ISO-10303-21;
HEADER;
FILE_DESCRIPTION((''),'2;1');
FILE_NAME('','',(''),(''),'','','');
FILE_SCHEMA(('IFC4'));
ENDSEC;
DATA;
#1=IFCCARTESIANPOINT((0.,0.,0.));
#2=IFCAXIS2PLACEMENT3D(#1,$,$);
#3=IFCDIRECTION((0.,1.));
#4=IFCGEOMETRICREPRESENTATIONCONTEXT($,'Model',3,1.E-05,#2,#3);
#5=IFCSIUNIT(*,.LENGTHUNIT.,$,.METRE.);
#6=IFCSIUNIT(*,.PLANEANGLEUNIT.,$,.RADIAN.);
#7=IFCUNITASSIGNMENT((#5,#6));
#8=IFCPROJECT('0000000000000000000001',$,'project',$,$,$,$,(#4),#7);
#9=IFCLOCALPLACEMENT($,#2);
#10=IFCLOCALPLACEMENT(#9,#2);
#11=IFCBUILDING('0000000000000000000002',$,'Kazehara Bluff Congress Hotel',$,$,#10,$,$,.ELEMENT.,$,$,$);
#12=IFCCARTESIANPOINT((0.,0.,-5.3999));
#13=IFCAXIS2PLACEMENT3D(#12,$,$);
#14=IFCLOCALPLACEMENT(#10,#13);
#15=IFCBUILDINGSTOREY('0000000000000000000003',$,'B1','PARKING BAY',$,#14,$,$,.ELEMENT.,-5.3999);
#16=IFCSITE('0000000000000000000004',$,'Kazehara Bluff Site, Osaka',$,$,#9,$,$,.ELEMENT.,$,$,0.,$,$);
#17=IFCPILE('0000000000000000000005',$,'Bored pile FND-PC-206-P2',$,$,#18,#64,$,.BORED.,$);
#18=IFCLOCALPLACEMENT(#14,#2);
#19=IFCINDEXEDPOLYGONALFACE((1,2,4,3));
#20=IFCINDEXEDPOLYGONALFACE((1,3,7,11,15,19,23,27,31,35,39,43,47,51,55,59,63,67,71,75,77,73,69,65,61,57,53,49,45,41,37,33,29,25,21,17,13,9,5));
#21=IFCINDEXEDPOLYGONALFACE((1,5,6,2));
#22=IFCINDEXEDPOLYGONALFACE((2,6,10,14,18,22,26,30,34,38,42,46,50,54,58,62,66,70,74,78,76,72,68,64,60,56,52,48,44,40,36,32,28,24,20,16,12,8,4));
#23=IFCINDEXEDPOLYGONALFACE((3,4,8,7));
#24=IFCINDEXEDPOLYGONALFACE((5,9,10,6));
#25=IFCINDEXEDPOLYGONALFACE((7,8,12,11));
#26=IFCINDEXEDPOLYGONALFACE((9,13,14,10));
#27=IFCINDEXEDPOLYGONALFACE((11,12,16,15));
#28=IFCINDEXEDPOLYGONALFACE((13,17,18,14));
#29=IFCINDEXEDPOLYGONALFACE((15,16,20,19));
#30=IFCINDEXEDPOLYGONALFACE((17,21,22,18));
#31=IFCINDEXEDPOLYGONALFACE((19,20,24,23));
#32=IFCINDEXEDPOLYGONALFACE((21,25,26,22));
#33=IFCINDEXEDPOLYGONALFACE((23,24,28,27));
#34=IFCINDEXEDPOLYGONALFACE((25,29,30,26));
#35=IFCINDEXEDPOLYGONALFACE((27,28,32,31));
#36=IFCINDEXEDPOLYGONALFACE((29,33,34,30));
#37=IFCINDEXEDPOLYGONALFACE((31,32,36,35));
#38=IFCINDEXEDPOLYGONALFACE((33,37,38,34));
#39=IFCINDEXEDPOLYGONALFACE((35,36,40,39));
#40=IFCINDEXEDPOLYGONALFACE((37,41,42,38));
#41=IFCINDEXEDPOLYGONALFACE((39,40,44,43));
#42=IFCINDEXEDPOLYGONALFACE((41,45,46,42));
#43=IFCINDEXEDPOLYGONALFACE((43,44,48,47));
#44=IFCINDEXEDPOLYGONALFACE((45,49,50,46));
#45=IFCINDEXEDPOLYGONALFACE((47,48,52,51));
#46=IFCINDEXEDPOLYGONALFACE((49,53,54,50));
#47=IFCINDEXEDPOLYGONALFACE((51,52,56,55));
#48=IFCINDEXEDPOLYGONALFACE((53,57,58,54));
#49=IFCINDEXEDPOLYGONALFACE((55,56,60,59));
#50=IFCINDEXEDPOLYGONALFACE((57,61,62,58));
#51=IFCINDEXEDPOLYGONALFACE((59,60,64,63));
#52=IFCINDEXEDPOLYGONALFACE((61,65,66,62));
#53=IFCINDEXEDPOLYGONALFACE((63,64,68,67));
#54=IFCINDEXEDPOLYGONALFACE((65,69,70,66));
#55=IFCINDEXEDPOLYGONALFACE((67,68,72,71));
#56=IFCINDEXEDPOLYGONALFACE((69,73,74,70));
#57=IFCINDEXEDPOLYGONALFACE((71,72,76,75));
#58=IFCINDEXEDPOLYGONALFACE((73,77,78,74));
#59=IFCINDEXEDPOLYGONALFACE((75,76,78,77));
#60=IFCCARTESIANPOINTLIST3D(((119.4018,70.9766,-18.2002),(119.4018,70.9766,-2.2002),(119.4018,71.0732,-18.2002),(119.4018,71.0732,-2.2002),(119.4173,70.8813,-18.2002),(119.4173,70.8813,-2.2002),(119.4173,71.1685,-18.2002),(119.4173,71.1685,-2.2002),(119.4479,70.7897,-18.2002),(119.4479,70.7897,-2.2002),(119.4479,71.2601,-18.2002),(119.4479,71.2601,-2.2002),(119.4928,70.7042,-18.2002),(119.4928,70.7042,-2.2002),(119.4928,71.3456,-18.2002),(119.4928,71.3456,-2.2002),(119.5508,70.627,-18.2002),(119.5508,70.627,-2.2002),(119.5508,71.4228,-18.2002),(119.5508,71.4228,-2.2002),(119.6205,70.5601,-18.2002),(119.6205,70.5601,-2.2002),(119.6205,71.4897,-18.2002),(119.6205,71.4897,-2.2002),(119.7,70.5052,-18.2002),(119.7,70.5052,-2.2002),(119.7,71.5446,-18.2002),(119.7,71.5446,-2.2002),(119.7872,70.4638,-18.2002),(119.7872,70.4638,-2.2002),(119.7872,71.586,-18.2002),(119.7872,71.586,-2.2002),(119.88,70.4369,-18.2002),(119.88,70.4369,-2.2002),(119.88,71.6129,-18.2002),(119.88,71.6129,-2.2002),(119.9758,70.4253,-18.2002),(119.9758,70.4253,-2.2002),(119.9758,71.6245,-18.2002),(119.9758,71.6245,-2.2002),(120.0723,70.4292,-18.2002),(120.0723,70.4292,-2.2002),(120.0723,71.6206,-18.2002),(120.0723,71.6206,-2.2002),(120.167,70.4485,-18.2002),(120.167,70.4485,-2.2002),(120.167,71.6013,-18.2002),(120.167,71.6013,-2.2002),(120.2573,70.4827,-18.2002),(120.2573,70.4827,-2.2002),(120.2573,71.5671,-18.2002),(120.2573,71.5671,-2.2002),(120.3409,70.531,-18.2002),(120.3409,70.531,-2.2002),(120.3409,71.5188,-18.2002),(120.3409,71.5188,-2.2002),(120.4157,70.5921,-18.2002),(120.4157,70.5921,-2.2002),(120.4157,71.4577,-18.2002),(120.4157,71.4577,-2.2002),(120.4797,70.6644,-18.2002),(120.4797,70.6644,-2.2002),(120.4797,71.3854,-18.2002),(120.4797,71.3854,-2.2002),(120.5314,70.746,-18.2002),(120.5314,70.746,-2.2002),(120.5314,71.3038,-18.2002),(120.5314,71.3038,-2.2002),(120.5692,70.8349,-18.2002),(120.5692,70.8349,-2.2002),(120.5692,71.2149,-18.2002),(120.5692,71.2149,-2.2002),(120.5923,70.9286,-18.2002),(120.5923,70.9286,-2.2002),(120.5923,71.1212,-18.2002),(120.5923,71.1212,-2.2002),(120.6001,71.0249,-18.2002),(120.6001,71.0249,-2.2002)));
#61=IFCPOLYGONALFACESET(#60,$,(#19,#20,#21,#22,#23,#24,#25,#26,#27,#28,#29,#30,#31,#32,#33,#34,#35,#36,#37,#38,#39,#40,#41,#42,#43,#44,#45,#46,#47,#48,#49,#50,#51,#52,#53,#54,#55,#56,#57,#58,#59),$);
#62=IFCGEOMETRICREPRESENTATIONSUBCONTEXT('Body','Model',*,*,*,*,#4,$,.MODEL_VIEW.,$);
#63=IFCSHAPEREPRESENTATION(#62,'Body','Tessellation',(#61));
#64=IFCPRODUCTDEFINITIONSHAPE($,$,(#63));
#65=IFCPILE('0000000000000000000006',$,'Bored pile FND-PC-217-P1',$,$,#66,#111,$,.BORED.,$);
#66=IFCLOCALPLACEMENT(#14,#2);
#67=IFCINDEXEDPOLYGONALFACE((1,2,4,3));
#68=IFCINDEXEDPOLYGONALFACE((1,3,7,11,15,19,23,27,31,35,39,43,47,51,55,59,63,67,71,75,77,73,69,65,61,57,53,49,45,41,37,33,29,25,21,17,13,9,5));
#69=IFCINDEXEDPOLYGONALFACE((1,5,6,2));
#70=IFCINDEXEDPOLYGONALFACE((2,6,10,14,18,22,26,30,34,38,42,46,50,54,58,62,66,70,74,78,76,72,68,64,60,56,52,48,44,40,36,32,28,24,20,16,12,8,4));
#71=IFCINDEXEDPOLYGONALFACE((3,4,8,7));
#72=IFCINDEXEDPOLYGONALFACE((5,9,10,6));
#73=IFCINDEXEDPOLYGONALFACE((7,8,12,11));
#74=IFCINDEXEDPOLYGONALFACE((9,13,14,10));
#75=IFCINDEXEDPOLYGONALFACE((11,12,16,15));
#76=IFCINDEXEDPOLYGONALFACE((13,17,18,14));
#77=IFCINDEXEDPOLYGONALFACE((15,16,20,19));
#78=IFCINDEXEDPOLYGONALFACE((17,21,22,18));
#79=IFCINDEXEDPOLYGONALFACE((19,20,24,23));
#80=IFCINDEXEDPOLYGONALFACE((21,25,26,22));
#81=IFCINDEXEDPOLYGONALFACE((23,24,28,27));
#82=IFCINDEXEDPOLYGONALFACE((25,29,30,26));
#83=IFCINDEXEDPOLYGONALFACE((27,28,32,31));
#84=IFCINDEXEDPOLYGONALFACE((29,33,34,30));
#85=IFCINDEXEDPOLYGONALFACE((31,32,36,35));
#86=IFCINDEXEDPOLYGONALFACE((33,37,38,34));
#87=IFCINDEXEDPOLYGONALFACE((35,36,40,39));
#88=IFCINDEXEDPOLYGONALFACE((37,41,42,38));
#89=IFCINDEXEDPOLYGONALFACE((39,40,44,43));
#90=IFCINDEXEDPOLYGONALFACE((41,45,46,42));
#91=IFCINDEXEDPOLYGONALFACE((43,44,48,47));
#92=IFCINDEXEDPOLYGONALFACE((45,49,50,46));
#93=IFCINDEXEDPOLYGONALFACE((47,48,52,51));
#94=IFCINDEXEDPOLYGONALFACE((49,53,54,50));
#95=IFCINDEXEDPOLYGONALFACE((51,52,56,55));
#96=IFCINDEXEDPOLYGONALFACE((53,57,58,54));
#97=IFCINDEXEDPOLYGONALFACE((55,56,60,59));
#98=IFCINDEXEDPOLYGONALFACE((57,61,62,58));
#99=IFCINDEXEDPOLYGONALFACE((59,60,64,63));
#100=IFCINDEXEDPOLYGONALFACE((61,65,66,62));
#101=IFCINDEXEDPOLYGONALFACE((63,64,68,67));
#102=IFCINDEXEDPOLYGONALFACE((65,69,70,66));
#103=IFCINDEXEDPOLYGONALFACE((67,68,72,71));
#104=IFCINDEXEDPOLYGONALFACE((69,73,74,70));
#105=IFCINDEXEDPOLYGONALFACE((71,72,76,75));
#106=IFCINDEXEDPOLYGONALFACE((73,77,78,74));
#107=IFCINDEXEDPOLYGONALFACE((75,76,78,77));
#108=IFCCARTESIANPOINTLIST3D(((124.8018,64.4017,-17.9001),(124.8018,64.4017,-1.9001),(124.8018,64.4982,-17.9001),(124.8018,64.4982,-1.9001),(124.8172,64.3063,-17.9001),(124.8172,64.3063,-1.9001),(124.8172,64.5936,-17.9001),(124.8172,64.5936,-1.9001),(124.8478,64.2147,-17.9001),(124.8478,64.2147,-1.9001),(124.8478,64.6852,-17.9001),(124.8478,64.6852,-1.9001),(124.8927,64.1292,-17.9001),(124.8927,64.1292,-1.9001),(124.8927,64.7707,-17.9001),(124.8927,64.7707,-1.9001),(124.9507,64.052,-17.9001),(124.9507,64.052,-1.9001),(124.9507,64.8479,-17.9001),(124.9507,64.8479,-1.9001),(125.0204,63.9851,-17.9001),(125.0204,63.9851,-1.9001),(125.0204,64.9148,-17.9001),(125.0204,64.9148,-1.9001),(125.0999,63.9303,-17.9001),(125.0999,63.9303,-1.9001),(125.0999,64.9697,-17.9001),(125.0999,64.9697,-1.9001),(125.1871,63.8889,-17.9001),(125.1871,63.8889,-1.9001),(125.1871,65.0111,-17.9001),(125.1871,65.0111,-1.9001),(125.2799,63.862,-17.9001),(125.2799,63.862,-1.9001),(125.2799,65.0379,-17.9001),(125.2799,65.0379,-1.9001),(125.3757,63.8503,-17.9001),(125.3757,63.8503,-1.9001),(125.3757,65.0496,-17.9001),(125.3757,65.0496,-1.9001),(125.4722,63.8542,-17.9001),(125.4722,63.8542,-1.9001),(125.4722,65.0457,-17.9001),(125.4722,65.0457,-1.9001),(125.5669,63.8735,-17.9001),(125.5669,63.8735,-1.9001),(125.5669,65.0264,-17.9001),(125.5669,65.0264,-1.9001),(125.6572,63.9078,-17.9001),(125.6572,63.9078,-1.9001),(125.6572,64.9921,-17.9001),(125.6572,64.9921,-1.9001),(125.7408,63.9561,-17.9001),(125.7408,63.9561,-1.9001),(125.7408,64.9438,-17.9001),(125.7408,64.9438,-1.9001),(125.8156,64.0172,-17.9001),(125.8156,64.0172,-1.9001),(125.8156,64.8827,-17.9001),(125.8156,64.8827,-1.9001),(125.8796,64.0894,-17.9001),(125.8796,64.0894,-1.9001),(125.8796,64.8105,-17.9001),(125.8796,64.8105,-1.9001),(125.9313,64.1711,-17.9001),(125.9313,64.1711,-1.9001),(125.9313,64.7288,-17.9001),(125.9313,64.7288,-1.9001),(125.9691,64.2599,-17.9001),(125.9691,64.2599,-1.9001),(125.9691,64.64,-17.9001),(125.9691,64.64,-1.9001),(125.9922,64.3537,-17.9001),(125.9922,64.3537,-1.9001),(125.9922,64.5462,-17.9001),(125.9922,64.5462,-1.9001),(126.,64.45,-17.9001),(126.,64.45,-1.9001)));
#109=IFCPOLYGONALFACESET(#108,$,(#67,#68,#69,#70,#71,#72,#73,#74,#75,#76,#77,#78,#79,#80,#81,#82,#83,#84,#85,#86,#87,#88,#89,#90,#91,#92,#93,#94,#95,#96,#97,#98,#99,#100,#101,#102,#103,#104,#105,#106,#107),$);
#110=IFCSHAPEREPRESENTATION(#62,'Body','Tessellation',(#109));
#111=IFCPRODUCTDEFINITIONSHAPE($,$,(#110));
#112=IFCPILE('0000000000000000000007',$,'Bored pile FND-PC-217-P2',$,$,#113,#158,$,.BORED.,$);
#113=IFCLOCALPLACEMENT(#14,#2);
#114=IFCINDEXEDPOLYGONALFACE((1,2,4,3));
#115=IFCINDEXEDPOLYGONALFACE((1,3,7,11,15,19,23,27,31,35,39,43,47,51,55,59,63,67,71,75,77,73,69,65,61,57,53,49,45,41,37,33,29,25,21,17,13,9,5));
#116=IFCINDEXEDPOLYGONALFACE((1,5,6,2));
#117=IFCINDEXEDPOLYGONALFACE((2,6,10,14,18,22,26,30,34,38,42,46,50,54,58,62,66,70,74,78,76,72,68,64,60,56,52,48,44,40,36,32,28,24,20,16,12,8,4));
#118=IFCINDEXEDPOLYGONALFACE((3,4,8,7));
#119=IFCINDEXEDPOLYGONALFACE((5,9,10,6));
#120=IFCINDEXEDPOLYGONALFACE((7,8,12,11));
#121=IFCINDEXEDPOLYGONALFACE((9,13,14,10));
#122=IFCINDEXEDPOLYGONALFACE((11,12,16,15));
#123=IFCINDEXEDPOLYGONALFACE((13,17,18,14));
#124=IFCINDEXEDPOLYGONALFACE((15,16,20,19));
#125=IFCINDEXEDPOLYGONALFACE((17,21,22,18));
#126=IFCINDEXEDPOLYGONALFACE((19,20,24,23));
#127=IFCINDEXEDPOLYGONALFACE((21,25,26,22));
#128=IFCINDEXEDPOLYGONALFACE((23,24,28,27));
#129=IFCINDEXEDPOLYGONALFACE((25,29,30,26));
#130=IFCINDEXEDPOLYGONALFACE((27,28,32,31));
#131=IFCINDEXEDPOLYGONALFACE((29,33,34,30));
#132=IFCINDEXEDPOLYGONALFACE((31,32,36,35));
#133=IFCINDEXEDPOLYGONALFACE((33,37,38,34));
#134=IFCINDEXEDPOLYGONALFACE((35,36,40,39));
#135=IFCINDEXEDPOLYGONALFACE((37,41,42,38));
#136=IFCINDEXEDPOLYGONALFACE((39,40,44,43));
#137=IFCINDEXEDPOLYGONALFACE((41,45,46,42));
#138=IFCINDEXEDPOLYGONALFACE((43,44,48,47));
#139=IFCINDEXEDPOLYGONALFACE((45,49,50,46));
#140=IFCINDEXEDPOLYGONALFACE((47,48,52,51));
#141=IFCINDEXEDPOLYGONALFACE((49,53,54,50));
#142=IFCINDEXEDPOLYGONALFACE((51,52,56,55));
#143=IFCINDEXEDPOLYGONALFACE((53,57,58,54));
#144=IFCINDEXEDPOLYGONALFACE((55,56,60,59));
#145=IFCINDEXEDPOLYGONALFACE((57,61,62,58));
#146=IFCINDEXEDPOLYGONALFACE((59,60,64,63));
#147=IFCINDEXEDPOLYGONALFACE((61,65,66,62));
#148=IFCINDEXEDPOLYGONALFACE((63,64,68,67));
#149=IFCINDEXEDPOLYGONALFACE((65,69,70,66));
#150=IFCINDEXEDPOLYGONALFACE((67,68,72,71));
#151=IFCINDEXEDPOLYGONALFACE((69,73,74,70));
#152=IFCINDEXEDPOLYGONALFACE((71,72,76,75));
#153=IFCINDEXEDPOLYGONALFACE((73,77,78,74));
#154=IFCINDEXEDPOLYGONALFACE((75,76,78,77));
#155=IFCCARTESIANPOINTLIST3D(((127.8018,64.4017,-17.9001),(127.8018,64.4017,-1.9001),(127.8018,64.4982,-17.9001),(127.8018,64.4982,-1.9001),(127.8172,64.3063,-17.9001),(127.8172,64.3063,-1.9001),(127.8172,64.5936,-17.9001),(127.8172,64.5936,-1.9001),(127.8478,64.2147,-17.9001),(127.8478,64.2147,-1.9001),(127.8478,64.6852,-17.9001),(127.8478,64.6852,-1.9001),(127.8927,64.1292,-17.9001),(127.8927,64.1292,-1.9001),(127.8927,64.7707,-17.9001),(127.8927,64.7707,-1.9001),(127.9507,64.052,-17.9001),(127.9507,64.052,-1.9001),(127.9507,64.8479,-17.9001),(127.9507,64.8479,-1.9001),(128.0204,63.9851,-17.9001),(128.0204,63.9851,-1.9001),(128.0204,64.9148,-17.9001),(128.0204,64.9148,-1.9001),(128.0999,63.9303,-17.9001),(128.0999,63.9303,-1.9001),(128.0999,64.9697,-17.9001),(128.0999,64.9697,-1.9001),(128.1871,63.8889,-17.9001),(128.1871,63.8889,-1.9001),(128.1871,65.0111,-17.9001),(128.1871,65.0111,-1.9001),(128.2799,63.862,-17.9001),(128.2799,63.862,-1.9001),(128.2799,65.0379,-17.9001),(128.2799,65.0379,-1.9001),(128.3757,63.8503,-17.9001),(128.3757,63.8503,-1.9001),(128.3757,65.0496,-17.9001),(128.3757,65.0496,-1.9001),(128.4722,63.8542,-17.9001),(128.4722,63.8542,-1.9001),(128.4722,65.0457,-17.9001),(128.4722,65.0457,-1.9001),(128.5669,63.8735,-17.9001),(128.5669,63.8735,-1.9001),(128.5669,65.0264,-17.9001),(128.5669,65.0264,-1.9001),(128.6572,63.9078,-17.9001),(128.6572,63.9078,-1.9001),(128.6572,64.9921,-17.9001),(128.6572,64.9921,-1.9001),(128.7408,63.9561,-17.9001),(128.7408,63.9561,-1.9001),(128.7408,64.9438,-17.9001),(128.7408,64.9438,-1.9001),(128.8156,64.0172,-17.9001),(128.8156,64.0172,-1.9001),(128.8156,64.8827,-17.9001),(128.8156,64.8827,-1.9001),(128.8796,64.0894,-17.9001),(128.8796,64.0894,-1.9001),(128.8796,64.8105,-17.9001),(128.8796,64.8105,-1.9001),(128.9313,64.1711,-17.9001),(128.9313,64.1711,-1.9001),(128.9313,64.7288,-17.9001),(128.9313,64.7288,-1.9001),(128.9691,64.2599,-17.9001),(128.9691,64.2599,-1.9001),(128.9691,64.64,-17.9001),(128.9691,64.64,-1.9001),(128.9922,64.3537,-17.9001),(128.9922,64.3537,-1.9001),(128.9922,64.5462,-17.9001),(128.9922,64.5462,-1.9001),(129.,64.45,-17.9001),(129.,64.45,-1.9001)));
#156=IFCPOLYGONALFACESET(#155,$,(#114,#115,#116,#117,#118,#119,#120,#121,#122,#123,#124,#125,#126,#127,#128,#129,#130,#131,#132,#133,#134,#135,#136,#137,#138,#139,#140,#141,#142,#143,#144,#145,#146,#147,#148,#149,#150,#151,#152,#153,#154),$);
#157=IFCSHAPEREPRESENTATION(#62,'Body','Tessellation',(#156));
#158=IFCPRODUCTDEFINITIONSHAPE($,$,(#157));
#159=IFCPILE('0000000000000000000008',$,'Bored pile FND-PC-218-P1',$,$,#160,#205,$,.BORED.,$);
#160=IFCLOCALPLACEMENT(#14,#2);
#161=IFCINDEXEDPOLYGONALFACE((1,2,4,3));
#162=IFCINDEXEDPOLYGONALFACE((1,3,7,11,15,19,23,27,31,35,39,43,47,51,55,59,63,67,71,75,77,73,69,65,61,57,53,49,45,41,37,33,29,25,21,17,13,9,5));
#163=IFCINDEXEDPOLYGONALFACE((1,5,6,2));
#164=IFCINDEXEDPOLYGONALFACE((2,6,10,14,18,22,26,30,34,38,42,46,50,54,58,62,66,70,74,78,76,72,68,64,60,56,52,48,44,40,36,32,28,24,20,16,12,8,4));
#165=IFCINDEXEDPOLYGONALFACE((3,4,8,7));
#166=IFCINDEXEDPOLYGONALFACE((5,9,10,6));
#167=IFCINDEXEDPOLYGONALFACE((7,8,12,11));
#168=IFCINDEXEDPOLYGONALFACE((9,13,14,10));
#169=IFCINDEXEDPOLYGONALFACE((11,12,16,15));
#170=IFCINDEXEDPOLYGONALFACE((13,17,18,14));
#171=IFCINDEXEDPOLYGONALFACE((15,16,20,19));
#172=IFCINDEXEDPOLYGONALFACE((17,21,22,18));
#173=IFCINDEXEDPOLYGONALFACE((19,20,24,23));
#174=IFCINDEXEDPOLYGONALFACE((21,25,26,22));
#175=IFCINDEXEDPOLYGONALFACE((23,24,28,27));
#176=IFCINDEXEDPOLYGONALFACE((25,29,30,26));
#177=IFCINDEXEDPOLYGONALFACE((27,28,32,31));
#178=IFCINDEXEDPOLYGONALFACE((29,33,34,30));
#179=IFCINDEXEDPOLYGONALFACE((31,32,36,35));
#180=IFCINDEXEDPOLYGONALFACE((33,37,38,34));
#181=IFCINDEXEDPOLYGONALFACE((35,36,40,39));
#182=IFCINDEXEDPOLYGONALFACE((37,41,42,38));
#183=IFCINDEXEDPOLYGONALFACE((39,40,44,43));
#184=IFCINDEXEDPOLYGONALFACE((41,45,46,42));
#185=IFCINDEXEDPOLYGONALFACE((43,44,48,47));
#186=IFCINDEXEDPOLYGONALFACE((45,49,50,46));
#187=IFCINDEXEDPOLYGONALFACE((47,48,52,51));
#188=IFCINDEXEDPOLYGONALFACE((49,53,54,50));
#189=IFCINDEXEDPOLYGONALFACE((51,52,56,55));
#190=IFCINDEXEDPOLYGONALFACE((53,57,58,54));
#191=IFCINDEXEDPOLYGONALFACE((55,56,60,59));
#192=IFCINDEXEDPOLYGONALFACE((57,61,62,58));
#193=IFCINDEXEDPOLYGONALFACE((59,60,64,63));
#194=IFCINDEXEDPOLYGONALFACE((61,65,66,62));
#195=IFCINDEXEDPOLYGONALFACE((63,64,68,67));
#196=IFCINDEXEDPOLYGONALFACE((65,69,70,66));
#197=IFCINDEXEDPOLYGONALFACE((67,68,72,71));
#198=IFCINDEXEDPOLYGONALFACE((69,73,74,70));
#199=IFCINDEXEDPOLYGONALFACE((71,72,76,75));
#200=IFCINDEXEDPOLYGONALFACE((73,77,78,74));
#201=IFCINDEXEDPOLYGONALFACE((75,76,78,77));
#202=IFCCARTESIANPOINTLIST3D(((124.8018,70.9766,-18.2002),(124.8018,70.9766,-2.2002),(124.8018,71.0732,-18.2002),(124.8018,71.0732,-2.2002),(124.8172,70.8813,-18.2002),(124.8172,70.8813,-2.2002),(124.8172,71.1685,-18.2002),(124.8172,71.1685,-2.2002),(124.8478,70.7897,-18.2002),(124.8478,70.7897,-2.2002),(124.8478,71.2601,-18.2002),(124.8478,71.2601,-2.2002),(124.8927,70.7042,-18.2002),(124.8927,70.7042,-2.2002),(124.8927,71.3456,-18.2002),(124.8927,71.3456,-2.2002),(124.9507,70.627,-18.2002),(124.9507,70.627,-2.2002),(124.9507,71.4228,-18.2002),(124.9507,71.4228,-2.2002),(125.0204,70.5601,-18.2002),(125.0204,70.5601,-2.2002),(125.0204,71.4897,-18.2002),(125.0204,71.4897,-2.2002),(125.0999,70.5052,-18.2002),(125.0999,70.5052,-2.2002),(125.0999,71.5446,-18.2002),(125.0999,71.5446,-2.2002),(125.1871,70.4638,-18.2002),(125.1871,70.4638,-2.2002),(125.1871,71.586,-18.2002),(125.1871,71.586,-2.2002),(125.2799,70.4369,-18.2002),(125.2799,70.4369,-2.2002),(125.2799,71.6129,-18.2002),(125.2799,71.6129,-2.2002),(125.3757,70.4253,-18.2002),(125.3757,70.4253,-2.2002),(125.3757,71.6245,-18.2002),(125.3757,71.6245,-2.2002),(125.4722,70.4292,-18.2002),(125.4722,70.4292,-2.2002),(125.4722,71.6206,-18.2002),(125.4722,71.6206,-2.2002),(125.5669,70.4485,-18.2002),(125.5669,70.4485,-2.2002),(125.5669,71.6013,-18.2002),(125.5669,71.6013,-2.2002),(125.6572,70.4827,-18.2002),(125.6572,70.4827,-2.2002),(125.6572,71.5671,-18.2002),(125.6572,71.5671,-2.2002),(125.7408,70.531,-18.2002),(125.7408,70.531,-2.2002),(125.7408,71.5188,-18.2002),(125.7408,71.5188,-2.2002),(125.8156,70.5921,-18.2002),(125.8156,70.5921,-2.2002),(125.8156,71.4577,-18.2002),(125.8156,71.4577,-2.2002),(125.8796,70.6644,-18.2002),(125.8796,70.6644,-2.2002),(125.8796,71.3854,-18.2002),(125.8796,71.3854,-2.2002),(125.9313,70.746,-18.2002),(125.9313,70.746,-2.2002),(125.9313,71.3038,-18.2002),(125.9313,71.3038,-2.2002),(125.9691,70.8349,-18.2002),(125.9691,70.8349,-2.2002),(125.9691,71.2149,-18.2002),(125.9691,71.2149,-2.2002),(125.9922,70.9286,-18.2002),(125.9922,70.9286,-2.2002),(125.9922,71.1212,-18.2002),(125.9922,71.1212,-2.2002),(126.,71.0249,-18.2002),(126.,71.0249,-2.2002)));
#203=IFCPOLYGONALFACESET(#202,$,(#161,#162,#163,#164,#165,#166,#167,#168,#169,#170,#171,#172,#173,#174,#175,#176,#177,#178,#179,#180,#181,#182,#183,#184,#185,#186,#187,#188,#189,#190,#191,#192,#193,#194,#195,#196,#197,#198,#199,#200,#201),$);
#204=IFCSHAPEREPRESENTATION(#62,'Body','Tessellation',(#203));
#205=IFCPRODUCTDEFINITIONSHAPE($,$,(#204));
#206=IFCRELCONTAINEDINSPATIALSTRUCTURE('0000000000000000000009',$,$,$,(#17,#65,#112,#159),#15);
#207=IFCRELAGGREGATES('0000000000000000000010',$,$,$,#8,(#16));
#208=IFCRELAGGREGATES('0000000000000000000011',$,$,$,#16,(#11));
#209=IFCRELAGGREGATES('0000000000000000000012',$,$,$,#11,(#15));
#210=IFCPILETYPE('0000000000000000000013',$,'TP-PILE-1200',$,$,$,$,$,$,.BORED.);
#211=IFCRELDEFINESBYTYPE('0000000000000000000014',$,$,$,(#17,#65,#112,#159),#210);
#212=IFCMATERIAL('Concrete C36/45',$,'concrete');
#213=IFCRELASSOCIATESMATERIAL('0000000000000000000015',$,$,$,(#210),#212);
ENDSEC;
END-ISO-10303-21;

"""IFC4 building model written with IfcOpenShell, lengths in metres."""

from ifc_helpers import new_model, si_unit, direction, frame, origin, origin_2d, place, context, subcontext, project, spatial, circle, extrude, material, material_profile, profile_set, type_object, element, save


model = new_model("IFC4")

# Units and contexts
model_context = context("Model", 3, precision=1e-05, world=origin(), true_north=direction((0.0, 1.0)))
body_context = subcontext(model_context, "Body", "Model", "MODEL_VIEW")
ifc_project = project(units=[si_unit("LENGTHUNIT", "METRE"), si_unit("PLANEANGLEUNIT", "RADIAN")], contexts=[model_context])

# Site, building, storey
site_placement = place(None, origin())
site = spatial("IfcSite", under=ifc_project, at=site_placement, Name="Kazehara Bluff Site, Osaka", CompositionType="ELEMENT", RefElevation=0.0)
building_placement = place(site_placement, origin())
building = spatial("IfcBuilding", under=site, at=building_placement, Name="Kazehara Bluff Congress Hotel", CompositionType="ELEMENT")
storey_placement = place(building_placement, frame((0.0, 0.0, -5.3999)))
storey = spatial("IfcBuildingStorey", under=building, at=storey_placement, Name="B1", Description="PARKING BAY", CompositionType="ELEMENT", Elevation=-5.3999)

# Piles
ifc_material_1 = material(Name="Concrete C36/45", Category="concrete")
ifc_material_profile_1 = material_profile(ifc_material_1, circle(Radius=0.6001, at=origin_2d()))
ifc_profile_set_1 = profile_set([ifc_material_profile_1], Name="Concrete C36/45")
pile_type = type_object("IfcPileType", Name="TP-PILE-1200", PredefinedType="BORED", material=ifc_profile_set_1)
for number, where, z_axis, x_axis, name in (
    (1, (120.0, 71.0249, -2.2002), (0.0, 0.0, -1.0), (1.0, 0.0, 0.0), "Bored pile FND-PC-206-P2"),
    (2, (125.3999, 64.45, -1.9001), (0.0, 0.0, -1.0), (1.0, 0.0, 0.0), "Bored pile FND-PC-217-P1"),
    (3, (128.3999, 64.45, -1.9001), (0.0, 0.0, -1.0), (1.0, 0.0, 0.0), "Bored pile FND-PC-217-P2"),
    (4, (125.3999, 71.0249, -2.2002), (0.0, 0.0, -1.0), (1.0, 0.0, 0.0), "Bored pile FND-PC-218-P1"),
):
    element("IfcPile", number, at=place(storey_placement, frame(where, z_axis=z_axis, x_axis=x_axis)), inside=storey, type_object=pile_type, Name=name, PredefinedType="BORED", context=body_context, shape_type="SweptSolid", body=[
        extrude(circle(Radius=0.6001, at=origin_2d()), origin(), (0.0, 0.0, 1.0), 16.0),
    ])

save(model, "model.ifc")
